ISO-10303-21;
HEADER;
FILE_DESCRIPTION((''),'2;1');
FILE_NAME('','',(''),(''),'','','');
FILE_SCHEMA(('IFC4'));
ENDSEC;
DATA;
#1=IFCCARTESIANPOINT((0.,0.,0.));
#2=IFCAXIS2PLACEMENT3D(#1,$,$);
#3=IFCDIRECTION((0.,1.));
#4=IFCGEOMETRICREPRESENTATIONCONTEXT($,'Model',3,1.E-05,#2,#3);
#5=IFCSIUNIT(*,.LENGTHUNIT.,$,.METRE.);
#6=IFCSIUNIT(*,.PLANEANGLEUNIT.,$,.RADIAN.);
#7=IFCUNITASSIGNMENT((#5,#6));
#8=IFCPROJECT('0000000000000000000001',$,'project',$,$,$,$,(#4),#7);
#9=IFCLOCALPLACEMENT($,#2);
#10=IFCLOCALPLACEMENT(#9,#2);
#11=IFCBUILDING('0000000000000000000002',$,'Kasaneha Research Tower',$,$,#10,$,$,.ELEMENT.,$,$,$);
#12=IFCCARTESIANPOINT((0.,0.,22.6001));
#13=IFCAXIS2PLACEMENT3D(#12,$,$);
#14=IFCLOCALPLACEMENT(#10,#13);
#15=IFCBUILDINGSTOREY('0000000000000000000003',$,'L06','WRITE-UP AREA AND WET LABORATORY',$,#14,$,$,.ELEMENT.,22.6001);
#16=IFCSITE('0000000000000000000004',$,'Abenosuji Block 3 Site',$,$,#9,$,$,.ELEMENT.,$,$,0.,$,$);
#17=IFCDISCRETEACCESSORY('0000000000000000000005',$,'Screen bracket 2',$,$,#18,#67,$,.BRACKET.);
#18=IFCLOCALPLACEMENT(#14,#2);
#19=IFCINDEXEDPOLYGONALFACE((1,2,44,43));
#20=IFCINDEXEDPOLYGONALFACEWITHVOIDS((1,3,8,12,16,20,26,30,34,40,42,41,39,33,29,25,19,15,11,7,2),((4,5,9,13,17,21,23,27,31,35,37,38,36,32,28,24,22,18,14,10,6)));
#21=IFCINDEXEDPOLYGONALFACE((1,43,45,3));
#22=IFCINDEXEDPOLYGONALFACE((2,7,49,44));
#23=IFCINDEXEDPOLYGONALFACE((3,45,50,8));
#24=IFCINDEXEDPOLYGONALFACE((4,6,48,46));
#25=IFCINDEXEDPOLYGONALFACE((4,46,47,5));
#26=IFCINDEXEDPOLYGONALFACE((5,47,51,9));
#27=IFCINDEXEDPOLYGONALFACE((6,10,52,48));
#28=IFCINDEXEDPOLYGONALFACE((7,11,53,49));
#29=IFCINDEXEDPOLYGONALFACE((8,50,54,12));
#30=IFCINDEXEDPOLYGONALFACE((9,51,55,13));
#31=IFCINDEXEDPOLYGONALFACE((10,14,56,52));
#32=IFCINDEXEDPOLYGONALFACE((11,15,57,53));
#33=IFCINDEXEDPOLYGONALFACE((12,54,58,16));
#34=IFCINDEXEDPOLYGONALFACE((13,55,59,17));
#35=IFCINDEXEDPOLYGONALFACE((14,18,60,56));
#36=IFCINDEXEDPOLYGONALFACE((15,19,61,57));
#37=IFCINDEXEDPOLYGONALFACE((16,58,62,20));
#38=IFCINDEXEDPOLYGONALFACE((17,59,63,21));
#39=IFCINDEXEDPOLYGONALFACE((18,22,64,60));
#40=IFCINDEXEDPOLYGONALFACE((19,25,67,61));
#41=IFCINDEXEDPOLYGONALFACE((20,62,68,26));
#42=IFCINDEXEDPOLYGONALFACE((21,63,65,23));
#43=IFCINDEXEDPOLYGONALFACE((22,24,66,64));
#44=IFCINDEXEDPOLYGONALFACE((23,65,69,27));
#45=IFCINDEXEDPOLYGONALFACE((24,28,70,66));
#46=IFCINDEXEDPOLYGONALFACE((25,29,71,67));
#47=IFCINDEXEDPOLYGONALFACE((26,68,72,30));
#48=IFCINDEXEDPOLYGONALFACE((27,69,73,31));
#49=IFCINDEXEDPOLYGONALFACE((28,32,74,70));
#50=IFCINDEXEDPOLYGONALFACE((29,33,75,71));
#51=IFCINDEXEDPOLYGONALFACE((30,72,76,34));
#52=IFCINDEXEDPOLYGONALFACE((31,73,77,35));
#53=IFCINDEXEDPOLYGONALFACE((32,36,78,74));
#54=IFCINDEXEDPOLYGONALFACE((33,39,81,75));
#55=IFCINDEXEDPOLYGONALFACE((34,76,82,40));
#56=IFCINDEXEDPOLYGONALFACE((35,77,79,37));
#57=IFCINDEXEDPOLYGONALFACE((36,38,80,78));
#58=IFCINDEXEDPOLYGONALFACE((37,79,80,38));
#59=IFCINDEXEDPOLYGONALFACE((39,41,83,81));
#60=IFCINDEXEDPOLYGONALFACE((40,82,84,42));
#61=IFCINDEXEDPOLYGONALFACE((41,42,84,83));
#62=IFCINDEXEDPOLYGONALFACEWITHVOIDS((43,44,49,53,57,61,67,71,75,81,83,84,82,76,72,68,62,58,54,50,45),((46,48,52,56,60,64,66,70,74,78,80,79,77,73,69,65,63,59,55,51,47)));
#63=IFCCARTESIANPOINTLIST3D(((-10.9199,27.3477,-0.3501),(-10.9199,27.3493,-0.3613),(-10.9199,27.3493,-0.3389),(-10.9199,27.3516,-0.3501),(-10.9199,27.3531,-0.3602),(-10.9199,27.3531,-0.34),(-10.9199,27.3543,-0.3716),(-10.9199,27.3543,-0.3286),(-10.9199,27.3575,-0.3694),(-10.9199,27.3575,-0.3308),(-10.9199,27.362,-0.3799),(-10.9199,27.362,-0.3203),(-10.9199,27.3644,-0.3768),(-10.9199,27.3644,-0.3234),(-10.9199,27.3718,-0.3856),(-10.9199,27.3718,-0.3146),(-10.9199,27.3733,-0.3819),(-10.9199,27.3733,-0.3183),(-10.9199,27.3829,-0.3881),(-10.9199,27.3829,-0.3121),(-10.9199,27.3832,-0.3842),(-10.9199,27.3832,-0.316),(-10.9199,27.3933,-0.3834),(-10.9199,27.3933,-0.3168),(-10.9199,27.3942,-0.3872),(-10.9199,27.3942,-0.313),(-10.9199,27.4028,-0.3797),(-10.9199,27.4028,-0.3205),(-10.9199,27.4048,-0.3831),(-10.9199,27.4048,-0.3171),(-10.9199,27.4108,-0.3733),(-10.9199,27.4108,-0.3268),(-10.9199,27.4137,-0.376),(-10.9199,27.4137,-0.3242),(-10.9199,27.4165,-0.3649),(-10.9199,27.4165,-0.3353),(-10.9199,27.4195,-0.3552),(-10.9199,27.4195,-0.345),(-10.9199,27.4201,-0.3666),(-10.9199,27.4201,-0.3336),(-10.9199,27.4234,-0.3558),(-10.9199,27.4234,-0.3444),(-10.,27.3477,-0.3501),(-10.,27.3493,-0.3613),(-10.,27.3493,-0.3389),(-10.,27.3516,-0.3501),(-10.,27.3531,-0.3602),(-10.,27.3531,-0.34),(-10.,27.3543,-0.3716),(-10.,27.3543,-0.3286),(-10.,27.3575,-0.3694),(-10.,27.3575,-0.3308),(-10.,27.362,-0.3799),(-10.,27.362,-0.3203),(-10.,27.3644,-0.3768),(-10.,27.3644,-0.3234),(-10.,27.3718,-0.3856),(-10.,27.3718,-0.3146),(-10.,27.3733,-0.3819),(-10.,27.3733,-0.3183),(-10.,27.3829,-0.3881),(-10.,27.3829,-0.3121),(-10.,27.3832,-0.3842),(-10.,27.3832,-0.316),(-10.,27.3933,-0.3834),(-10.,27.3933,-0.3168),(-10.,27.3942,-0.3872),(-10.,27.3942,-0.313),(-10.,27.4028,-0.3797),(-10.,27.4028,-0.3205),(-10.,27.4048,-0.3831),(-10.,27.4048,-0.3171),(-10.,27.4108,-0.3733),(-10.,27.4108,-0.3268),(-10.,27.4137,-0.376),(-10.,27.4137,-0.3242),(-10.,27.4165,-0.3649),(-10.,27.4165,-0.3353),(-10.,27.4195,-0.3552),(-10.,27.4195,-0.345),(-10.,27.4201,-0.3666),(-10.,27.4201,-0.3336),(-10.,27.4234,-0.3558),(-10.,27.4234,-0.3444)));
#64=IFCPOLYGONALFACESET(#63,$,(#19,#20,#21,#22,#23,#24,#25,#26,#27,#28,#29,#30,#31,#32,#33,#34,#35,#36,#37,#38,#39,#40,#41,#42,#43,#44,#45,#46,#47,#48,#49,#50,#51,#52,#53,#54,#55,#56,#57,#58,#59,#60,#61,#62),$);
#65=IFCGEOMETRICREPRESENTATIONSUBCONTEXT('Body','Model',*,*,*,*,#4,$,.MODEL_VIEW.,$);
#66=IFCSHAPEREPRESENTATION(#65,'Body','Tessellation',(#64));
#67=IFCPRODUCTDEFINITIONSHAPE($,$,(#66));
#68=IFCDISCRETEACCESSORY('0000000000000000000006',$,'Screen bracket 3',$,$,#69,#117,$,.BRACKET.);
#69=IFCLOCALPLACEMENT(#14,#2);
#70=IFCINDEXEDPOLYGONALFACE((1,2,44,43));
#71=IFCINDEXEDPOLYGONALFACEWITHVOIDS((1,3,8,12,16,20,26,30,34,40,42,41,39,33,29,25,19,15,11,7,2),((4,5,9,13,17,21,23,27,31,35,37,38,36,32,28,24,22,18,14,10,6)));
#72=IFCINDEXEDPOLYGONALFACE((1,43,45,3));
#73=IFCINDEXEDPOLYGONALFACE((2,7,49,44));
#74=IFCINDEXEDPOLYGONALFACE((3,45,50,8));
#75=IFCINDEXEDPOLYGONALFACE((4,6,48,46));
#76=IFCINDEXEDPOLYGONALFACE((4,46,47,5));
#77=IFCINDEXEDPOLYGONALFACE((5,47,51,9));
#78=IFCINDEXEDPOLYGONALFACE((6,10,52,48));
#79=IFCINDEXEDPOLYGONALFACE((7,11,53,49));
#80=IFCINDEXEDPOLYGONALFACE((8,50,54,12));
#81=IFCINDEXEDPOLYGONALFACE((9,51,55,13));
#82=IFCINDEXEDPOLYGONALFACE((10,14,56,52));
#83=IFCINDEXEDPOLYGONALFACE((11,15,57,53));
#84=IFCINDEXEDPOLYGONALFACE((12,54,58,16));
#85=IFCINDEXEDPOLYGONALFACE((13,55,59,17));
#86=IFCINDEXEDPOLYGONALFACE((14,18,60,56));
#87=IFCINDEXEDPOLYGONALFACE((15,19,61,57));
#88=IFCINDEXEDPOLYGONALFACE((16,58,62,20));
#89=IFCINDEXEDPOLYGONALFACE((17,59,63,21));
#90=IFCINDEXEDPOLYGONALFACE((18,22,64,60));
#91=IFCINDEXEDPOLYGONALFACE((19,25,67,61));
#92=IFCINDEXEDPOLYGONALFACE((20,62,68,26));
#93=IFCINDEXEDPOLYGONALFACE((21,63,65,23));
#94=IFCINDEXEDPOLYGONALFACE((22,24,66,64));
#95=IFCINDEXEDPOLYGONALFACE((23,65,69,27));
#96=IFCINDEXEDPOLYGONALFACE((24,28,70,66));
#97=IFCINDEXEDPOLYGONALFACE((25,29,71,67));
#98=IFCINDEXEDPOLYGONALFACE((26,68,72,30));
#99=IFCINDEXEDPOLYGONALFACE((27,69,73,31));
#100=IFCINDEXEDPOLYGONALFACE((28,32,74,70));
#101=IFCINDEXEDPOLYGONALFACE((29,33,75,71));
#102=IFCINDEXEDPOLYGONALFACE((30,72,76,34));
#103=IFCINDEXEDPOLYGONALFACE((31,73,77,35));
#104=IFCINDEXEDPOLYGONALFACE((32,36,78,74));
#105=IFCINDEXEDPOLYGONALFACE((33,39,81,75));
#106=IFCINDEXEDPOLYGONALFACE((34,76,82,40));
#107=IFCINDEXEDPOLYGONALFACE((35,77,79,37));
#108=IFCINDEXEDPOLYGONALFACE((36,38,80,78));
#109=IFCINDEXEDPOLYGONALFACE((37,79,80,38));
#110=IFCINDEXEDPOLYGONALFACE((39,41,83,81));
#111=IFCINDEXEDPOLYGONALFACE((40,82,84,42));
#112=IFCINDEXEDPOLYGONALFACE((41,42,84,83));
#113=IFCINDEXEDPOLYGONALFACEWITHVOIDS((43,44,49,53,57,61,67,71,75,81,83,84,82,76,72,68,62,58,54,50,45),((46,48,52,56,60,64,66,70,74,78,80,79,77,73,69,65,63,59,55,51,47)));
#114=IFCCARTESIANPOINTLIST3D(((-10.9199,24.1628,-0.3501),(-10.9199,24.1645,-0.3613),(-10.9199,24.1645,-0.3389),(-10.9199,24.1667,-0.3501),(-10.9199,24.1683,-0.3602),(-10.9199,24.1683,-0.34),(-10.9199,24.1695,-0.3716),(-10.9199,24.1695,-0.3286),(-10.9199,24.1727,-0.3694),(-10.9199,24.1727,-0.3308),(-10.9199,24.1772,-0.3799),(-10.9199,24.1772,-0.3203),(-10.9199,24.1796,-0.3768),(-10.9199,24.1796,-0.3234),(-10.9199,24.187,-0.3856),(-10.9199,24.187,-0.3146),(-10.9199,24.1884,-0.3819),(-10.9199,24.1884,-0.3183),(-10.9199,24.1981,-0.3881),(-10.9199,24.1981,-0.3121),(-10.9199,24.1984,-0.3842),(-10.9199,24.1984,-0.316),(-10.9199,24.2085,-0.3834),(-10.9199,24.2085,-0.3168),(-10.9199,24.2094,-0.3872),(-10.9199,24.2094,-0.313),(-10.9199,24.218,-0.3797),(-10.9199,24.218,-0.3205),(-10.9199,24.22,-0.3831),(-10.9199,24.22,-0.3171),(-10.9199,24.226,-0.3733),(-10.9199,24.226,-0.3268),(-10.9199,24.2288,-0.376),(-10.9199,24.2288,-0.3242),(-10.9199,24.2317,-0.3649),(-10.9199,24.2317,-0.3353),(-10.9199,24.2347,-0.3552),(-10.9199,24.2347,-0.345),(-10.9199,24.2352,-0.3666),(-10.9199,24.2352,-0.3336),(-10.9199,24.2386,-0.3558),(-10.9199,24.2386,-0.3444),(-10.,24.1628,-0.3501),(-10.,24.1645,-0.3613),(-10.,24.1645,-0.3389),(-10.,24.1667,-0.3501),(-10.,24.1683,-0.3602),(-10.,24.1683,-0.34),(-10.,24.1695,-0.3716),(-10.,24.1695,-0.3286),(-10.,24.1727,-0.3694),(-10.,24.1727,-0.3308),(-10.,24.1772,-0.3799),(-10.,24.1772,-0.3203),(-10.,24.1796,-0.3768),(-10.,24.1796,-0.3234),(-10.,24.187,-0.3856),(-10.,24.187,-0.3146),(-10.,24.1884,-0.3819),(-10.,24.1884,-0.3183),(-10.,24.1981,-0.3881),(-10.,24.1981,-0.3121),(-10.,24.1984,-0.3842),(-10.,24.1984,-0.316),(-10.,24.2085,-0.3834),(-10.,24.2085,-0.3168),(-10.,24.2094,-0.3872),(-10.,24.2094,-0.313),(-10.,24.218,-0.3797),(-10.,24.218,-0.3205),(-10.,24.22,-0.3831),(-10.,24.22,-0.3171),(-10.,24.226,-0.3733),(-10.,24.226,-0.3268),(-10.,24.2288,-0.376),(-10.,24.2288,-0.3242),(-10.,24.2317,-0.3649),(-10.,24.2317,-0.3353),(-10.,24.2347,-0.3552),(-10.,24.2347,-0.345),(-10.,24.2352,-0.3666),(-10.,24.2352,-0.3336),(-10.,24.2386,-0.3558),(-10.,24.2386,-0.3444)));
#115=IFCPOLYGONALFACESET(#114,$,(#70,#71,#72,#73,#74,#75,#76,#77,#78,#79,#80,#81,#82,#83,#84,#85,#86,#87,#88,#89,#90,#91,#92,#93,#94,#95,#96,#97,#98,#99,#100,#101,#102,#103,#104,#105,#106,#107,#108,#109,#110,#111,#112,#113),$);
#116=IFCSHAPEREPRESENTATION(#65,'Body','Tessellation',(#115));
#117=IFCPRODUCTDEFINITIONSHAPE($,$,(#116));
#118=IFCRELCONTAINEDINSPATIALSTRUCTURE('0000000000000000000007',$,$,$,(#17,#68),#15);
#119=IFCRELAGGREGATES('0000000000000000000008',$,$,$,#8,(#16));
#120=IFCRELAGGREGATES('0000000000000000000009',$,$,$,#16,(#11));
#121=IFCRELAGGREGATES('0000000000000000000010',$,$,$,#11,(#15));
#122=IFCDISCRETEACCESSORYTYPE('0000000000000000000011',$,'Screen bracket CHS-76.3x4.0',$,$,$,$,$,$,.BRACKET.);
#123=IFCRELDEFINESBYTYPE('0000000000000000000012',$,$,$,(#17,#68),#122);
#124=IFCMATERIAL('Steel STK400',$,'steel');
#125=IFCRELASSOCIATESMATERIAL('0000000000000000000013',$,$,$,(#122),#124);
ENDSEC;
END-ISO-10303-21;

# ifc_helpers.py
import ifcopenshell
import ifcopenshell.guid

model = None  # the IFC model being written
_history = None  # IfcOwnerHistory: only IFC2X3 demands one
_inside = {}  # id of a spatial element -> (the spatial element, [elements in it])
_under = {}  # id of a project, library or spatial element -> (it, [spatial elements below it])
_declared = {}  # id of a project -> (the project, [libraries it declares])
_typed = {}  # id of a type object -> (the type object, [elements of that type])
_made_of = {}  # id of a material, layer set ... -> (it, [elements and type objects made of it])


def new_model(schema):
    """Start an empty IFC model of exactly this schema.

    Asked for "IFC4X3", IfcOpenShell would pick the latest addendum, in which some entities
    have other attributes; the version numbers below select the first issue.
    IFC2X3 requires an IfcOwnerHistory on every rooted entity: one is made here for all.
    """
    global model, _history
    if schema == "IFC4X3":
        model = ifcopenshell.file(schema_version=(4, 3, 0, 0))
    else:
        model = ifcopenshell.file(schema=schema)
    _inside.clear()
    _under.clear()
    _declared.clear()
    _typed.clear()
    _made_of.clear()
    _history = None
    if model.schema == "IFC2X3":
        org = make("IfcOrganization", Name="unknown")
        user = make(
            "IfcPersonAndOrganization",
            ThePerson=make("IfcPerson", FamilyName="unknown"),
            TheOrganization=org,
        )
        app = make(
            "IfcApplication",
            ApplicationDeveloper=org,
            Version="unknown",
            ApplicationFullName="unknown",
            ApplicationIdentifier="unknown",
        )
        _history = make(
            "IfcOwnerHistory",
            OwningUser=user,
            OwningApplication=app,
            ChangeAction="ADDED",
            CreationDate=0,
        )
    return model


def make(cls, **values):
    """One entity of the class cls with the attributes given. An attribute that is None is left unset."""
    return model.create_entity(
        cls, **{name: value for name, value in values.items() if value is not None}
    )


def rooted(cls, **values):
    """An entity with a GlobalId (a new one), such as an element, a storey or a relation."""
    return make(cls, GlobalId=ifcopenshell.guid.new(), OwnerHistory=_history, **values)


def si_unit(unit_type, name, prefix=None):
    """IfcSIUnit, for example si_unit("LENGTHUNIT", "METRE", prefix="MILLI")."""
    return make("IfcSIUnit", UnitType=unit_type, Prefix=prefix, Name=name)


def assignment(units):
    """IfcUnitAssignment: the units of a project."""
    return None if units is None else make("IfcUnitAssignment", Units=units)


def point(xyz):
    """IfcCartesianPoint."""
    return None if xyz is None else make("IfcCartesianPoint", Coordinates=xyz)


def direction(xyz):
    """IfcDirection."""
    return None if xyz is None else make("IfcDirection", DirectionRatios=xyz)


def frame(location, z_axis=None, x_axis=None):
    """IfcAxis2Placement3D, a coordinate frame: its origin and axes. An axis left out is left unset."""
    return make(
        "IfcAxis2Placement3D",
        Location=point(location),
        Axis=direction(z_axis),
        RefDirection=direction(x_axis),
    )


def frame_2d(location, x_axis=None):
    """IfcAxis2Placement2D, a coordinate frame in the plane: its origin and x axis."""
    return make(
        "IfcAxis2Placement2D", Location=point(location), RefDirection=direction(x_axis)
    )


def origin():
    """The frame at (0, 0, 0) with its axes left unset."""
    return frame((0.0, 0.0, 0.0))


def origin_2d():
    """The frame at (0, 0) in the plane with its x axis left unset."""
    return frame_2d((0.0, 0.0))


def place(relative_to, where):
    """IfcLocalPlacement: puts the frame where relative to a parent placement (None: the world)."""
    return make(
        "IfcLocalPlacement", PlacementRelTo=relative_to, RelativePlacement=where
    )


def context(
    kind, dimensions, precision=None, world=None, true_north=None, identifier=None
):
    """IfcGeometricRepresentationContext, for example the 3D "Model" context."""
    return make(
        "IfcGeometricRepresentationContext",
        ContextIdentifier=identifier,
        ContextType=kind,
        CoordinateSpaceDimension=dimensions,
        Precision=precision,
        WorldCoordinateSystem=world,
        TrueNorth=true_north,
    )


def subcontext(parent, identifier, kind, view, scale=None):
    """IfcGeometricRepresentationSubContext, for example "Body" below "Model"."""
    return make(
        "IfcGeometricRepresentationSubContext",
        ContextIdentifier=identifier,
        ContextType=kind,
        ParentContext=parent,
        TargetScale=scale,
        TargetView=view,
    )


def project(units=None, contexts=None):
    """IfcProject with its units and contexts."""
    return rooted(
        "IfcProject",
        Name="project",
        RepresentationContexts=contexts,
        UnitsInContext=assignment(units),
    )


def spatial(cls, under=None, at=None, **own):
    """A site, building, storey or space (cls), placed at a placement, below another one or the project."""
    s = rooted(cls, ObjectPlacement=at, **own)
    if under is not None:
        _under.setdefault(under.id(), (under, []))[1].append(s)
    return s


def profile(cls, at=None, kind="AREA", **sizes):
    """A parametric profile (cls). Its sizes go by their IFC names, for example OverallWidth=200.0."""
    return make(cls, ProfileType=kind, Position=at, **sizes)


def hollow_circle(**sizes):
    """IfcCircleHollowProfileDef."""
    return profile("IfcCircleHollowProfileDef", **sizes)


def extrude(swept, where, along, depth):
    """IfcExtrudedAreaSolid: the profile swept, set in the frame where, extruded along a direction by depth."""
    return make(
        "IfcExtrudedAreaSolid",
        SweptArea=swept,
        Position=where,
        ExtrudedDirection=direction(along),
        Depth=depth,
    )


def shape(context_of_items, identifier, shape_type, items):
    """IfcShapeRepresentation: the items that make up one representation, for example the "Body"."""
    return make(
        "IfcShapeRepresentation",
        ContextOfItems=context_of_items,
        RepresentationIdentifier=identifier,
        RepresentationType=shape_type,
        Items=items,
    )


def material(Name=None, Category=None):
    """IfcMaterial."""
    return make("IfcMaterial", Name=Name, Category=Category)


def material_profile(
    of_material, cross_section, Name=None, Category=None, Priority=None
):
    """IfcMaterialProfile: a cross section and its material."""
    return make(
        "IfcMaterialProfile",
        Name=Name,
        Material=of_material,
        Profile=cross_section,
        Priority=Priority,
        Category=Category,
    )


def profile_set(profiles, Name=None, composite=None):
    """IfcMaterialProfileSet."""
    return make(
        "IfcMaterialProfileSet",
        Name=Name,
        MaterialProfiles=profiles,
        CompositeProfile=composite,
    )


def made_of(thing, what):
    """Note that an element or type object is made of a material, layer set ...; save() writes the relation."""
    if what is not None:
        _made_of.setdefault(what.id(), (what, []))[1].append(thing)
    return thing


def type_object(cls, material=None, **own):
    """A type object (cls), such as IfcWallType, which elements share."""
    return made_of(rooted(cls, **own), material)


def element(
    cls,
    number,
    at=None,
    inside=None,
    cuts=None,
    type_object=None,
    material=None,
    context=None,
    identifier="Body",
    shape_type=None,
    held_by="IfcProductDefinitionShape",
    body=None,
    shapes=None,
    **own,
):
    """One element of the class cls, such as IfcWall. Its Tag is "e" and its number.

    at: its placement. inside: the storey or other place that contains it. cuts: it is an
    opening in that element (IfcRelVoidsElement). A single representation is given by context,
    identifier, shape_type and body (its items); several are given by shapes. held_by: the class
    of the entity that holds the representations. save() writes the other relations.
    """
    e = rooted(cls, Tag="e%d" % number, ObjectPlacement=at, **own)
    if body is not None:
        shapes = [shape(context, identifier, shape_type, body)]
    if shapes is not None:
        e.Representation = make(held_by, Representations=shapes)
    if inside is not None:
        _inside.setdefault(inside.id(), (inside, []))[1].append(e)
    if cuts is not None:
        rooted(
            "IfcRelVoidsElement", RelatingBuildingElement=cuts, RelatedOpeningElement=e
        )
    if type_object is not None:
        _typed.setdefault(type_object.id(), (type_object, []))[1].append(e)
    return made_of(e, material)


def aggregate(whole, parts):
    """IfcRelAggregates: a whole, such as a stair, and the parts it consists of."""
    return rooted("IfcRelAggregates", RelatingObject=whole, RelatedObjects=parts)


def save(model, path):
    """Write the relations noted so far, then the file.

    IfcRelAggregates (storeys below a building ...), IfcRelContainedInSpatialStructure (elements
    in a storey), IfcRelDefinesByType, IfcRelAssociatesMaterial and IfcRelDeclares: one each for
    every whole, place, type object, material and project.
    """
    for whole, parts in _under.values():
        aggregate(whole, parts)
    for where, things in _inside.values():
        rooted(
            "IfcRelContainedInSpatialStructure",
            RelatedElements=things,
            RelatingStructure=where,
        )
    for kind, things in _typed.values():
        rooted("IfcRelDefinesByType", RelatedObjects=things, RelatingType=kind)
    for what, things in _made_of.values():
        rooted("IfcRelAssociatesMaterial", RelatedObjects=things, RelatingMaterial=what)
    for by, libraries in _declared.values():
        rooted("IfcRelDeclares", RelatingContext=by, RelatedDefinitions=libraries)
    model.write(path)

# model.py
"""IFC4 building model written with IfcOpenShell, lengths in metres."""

from ifc_helpers import new_model, si_unit, direction, frame, origin, origin_2d, place, context, subcontext, project, spatial, hollow_circle, extrude, material, material_profile, profile_set, type_object, element, save


model = new_model("IFC4")

# Units and contexts
model_context = context("Model", 3, precision=1e-05, world=origin(), true_north=direction((0.0, 1.0)))
body_context = subcontext(model_context, "Body", "Model", "MODEL_VIEW")
ifc_project = project(units=[si_unit("LENGTHUNIT", "METRE"), si_unit("PLANEANGLEUNIT", "RADIAN")], contexts=[model_context])

# Site, building, storey
site_placement = place(None, origin())
site = spatial("IfcSite", under=ifc_project, at=site_placement, Name="Abenosuji Block 3 Site", CompositionType="ELEMENT", RefElevation=0.0)
building_placement = place(site_placement, origin())
building = spatial("IfcBuilding", under=site, at=building_placement, Name="Kasaneha Research Tower", CompositionType="ELEMENT")
storey_placement = place(building_placement, frame((0.0, 0.0, 22.6001)))
storey = spatial("IfcBuildingStorey", under=building, at=storey_placement, Name="L06", Description="WRITE-UP AREA AND WET LABORATORY", CompositionType="ELEMENT", Elevation=22.6001)

# Discrete accessories
ifc_material_1 = material(Name="Steel STK400", Category="steel")
ifc_material_profile_1 = material_profile(ifc_material_1, hollow_circle(Radius=0.0381, WallThickness=0.0039, at=origin_2d()), Name="CHS-76.3x4.0")
ifc_profile_set_1 = profile_set([ifc_material_profile_1], Name="Steel STK400")
discrete_accessory_type = type_object("IfcDiscreteAccessoryType", Name="Screen bracket CHS-76.3x4.0", PredefinedType="BRACKET", material=ifc_profile_set_1)
for number, where, z_axis, x_axis, name in (
    (1, (-10.0, 27.3857, -0.3501), (-1.0, 0.0, 0.0), (0.0, -1.0, 0.0), "Screen bracket 2"),
    (2, (-10.0, 24.2009, -0.3501), (-1.0, 0.0, 0.0), (0.0, -1.0, 0.0), "Screen bracket 3"),
):
    element("IfcDiscreteAccessory", number, at=place(storey_placement, frame(where, z_axis=z_axis, x_axis=x_axis)), inside=storey, type_object=discrete_accessory_type, Name=name, PredefinedType="BRACKET", context=body_context, shape_type="SweptSolid", body=[
        extrude(hollow_circle(Radius=0.0381, WallThickness=0.0039, at=origin_2d()), origin(), (0.0, 0.0, 1.0), 0.9199),
    ])

save(model, "model.ifc")
